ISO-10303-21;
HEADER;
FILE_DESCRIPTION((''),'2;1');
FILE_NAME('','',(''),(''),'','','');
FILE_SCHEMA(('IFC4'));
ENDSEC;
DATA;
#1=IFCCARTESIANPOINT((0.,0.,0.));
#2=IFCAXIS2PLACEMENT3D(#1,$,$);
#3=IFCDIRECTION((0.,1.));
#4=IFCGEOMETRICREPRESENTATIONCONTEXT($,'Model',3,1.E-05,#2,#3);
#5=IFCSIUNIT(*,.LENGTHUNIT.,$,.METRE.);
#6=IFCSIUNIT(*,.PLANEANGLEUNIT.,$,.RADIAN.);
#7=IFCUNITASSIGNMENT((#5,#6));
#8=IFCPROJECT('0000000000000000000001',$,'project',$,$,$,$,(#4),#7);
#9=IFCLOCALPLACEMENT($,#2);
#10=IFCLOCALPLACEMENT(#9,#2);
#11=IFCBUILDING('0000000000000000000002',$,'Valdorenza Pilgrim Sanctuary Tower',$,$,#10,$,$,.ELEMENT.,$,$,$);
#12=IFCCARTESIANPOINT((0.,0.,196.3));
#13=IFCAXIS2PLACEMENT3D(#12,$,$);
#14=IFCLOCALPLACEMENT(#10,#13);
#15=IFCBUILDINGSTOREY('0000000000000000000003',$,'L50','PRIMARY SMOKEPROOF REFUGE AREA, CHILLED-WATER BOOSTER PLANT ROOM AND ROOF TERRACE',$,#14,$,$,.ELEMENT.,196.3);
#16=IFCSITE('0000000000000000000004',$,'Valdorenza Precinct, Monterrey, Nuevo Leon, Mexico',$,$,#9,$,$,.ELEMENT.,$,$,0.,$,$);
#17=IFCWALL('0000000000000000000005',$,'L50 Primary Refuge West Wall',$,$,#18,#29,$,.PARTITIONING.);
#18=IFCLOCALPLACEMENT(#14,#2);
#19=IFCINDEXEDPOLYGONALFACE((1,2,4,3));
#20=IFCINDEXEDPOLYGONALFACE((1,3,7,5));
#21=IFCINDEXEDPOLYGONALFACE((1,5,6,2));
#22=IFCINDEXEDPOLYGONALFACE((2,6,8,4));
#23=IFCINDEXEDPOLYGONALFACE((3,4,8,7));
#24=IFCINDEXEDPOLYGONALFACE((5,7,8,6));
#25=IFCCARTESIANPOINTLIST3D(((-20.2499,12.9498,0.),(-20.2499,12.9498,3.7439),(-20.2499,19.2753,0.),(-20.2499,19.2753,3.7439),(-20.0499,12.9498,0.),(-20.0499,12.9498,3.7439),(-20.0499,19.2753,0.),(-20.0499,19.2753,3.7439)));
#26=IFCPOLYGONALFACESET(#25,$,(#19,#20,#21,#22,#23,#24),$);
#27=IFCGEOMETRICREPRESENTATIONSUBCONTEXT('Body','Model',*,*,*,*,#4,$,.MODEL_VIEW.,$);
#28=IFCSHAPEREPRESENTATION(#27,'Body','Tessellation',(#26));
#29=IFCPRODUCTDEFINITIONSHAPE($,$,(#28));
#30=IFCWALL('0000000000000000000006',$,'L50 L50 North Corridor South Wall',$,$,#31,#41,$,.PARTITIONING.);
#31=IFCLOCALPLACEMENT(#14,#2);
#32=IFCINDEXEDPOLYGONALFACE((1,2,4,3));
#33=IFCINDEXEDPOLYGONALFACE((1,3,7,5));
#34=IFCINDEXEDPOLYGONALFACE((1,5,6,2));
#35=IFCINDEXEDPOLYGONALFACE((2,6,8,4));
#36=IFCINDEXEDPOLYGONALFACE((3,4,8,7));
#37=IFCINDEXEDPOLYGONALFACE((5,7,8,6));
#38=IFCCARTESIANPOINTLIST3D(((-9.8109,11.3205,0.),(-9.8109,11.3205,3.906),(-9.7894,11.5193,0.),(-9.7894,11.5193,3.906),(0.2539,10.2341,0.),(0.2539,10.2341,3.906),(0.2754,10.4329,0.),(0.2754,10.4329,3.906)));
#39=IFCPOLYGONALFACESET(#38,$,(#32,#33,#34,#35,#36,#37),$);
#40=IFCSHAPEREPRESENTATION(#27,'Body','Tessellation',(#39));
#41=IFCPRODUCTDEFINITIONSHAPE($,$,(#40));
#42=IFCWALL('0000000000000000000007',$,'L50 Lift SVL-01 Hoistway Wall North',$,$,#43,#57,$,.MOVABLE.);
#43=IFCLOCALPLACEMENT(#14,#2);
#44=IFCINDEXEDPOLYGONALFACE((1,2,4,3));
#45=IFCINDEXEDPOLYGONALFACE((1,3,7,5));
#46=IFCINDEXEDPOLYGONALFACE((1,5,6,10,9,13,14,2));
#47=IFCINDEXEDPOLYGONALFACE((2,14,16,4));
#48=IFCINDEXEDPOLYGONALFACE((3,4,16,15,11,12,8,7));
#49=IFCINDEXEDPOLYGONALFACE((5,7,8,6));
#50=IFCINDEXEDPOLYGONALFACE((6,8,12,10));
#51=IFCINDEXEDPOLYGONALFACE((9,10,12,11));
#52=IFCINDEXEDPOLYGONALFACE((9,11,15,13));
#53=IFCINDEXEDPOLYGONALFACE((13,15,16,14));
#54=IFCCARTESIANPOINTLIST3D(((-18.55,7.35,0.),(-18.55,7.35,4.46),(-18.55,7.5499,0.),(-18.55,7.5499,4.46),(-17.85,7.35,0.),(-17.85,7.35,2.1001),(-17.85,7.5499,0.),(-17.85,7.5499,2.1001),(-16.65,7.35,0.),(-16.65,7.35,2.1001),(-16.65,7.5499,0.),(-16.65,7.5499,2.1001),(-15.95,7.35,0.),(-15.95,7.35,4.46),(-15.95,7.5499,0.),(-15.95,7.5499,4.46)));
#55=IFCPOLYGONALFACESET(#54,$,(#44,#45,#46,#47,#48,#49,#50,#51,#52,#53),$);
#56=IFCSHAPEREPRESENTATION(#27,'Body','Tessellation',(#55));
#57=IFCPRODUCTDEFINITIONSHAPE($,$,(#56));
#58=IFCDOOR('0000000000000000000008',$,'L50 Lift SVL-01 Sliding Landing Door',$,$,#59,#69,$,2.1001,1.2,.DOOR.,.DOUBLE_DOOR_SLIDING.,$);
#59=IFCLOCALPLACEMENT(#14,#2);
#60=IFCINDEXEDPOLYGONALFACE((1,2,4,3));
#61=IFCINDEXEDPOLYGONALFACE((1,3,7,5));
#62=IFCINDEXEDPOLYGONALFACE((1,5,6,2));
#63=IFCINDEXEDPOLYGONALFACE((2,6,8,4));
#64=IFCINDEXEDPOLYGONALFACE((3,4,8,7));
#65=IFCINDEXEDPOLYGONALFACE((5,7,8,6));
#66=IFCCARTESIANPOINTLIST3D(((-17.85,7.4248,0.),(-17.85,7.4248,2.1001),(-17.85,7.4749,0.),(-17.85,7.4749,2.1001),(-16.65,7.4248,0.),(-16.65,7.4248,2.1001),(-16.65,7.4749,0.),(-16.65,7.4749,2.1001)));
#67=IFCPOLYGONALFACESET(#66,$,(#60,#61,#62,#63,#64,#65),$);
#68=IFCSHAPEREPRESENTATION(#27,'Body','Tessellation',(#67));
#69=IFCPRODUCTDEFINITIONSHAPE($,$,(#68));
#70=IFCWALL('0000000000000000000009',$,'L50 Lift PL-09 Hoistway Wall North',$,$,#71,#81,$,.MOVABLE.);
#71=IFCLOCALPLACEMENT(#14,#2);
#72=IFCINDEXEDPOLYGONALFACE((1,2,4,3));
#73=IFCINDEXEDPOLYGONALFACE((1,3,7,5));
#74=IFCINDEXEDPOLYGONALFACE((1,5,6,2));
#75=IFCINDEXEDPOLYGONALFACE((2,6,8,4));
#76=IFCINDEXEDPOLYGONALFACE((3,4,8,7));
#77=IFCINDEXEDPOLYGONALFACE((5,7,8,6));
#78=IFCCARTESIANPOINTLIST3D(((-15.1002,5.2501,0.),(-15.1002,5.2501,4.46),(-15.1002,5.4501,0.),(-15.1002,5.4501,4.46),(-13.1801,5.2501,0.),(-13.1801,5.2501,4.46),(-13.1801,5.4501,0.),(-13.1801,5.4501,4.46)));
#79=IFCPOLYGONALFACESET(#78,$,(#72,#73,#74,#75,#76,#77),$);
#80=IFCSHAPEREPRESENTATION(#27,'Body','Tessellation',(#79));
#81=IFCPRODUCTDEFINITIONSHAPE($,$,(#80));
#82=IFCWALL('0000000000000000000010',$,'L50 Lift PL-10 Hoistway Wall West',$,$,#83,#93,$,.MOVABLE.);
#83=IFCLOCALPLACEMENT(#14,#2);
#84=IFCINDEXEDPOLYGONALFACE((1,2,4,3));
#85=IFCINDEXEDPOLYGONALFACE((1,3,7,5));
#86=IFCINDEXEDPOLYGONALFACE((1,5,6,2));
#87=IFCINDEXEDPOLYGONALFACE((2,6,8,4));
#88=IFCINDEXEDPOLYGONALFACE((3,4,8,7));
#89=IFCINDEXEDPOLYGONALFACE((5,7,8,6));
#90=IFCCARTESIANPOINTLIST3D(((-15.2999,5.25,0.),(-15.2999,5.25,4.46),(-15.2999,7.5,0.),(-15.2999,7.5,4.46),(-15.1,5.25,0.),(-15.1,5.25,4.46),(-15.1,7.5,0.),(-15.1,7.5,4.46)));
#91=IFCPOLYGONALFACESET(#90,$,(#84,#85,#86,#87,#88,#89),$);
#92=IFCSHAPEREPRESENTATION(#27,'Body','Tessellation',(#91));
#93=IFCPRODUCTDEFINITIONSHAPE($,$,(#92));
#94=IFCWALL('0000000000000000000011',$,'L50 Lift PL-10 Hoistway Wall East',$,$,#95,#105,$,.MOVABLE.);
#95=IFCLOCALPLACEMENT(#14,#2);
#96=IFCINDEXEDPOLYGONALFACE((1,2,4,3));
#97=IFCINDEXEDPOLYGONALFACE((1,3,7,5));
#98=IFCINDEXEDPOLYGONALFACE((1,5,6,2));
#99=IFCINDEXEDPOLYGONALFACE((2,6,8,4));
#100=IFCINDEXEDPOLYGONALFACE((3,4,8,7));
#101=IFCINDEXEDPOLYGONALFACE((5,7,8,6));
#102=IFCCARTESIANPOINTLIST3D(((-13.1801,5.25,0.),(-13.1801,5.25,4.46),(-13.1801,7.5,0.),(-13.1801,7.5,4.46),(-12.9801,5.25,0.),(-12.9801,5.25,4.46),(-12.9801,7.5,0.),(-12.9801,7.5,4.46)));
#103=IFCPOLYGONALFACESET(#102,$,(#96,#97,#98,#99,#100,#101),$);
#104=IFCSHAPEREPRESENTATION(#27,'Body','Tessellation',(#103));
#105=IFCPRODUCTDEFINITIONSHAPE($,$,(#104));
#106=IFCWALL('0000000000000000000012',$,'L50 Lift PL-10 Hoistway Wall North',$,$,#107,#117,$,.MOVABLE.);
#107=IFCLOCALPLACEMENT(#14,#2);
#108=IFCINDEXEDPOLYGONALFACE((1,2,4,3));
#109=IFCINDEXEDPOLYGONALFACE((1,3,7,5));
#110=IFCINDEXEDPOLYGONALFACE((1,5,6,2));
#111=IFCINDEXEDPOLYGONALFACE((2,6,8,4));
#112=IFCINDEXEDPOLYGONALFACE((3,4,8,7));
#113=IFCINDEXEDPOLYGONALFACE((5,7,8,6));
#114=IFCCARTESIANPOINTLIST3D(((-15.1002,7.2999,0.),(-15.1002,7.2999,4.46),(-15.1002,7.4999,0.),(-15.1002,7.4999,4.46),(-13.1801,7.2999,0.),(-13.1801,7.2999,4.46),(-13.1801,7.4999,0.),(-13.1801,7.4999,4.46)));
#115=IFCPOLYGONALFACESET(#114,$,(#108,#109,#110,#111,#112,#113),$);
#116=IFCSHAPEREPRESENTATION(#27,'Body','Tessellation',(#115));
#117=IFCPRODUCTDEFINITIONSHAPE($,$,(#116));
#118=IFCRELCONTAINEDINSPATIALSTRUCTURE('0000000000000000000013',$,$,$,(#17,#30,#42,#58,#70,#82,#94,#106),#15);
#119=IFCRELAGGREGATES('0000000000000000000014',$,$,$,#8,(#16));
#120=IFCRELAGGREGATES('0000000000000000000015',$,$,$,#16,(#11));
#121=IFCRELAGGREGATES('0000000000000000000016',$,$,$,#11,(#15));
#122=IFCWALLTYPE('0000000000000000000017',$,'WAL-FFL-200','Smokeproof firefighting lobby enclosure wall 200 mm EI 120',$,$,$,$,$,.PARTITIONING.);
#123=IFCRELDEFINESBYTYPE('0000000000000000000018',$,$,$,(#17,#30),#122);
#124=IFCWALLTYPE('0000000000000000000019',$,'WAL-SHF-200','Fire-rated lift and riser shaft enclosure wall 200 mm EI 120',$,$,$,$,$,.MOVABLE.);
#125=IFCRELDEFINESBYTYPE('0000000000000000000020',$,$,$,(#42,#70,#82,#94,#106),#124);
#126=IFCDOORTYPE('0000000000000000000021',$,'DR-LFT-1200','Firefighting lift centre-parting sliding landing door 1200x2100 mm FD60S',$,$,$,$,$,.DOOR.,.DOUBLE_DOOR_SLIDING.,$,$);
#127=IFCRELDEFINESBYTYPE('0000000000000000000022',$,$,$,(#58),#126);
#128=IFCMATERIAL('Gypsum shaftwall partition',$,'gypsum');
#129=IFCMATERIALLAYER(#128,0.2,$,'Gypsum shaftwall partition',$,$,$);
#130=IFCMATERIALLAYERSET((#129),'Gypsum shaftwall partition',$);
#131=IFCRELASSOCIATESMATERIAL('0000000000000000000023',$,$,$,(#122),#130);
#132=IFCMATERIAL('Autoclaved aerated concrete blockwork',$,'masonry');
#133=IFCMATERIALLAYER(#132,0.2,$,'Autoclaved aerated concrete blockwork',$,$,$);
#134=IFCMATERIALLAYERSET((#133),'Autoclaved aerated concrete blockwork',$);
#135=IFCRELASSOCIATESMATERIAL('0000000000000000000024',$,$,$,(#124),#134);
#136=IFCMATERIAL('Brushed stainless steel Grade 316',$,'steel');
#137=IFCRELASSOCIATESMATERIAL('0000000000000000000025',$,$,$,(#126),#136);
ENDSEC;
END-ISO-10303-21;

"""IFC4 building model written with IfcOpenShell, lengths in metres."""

from ifc_helpers import new_model, si_unit, direction, frame, frame_2d, origin, place, context, subcontext, project, spatial, rectangle, extrude, material, layer, layer_set, type_object, element, fill, save


model = new_model("IFC4")

# Units and contexts
model_context = context("Model", 3, precision=1e-05, world=origin(), true_north=direction((0.0, 1.0)))
body_context = subcontext(model_context, "Body", "Model", "MODEL_VIEW")
ifc_project = project(units=[si_unit("LENGTHUNIT", "METRE"), si_unit("PLANEANGLEUNIT", "RADIAN")], contexts=[model_context])

# Site, building, storey
site_placement = place(None, origin())
site = spatial("IfcSite", under=ifc_project, at=site_placement, Name="Valdorenza Precinct, Monterrey, Nuevo Leon, Mexico", CompositionType="ELEMENT", RefElevation=0.0)
building_placement = place(site_placement, origin())
building = spatial("IfcBuilding", under=site, at=building_placement, Name="Valdorenza Pilgrim Sanctuary Tower", CompositionType="ELEMENT")
storey_placement = place(building_placement, frame((0.0, 0.0, 196.3)))
storey = spatial("IfcBuildingStorey", under=building, at=storey_placement, Name="L50", Description="PRIMARY SMOKEPROOF REFUGE AREA, CHILLED-WATER BOOSTER PLANT ROOM AND ROOF TERRACE", CompositionType="ELEMENT", Elevation=196.3)

# Shared definitions
ifc_material_1 = material(Name="Gypsum shaftwall partition", Category="gypsum")
ifc_layer_1 = layer(ifc_material_1, 0.2, Name="Gypsum shaftwall partition")
ifc_layer_set_1 = layer_set([ifc_layer_1], Name="Gypsum shaftwall partition")
wall_type_1 = type_object("IfcWallType", Name="WAL-FFL-200", Description="Smokeproof firefighting lobby enclosure wall 200 mm EI 120", PredefinedType="PARTITIONING", material=ifc_layer_set_1)

# Walls
wall_1_placement = place(storey_placement, frame((-20.1499, 12.95, 0.0), z_axis=(0.0, 0.0, 1.0), x_axis=(0.0, 1.0, 0.0)))
element("IfcWall", 1, at=wall_1_placement, inside=storey, type_object=wall_type_1, Name="L50 Primary Refuge West Wall", PredefinedType="PARTITIONING", context=body_context, shape_type="SweptSolid", body=[
    extrude(rectangle(XDim=6.3254, YDim=0.2, at=frame_2d((3.1626, 0.0))), origin(), (0.0, 0.0, 1.0), 3.7439),
])
wall_2_placement = place(storey_placement, frame((-9.8, 11.4199, 0.0), z_axis=(0.0, 0.0, 1.0), x_axis=(0.994225, -0.107318, 0.0)))
element("IfcWall", 2, at=wall_2_placement, inside=storey, type_object=wall_type_1, Name="L50 L50 North Corridor South Wall", PredefinedType="PARTITIONING", context=body_context, shape_type="SweptSolid", body=[
    extrude(rectangle(XDim=10.1233, YDim=0.2, at=frame_2d((5.0615, 0.0))), origin(), (0.0, 0.0, 1.0), 3.906),
])

# Wall, opening, door
ifc_material_2 = material(Name="Autoclaved aerated concrete blockwork", Category="masonry")
ifc_layer_2 = layer(ifc_material_2, 0.2, Name="Autoclaved aerated concrete blockwork")
ifc_layer_set_2 = layer_set([ifc_layer_2], Name="Autoclaved aerated concrete blockwork")
wall_type_2 = type_object("IfcWallType", Name="WAL-SHF-200", Description="Fire-rated lift and riser shaft enclosure wall 200 mm EI 120", PredefinedType="MOVABLE", material=ifc_layer_set_2)
wall_3_placement = place(storey_placement, frame((-18.55, 7.45, 0.0), z_axis=(0.0, 0.0, 1.0), x_axis=(1.0, 0.0, 0.0)))
wall_3 = element("IfcWall", 3, at=wall_3_placement, inside=storey, type_object=wall_type_2, Name="L50 Lift SVL-01 Hoistway Wall North", PredefinedType="MOVABLE", context=body_context, shape_type="SweptSolid", body=[
    extrude(rectangle(XDim=2.6001, YDim=0.2, at=frame_2d((1.3, 0.0))), origin(), (0.0, 0.0, 1.0), 4.46),
])
opening_1_placement = place(wall_3_placement, frame((0.7, 0.0, 0.0)))
opening_1 = element("IfcOpeningElement", 4, at=opening_1_placement, cuts=wall_3, PredefinedType="OPENING", context=body_context, shape_type="SweptSolid", body=[
    extrude(rectangle(XDim=1.2, YDim=2.1001, at=frame_2d((0.6001, 1.05))), frame((0.0, 0.1147, 0.0), z_axis=(0.0, -1.0, 0.0), x_axis=(1.0, 0.0, 0.0)), (0.0, 0.0, 1.0), 0.2297),
])
ifc_material_3 = material(Name="Brushed stainless steel Grade 316", Category="steel")
door_type_1 = type_object("IfcDoorType", Name="DR-LFT-1200", Description="Firefighting lift centre-parting sliding landing door 1200x2100 mm FD60S", OperationType="DOUBLE_DOOR_SLIDING", PredefinedType="DOOR", material=ifc_material_3)
door_1_placement = place(opening_1_placement, origin())
door_1 = element("IfcDoor", 5, at=door_1_placement, inside=storey, type_object=door_type_1, Name="L50 Lift SVL-01 Sliding Landing Door", OperationType="DOUBLE_DOOR_SLIDING", OverallHeight=2.1001, OverallWidth=1.2, PredefinedType="DOOR", context=body_context, shape_type="SweptSolid", body=[
    extrude(rectangle(XDim=1.2, YDim=2.1001, at=frame_2d((0.6001, 1.05))), frame((0.0, 0.0249, 0.0), z_axis=(0.0, -1.0, 0.0), x_axis=(1.0, 0.0, 0.0)), (0.0, 0.0, 1.0), 0.05),
])
fill(opening_1, door_1)

# Walls
wall_4_placement = place(storey_placement, frame((-15.1001, 5.3501, 0.0), z_axis=(0.0, 0.0, 1.0), x_axis=(1.0, 0.0, 0.0)))
element("IfcWall", 6, at=wall_4_placement, inside=storey, type_object=wall_type_2, Name="L50 Lift PL-09 Hoistway Wall North", PredefinedType="MOVABLE", context=body_context, shape_type="SweptSolid", body=[
    extrude(rectangle(XDim=1.9202, YDim=0.2, at=frame_2d((0.96, 0.0))), origin(), (0.0, 0.0, 1.0), 4.46),
])
for number, where, z_axis, x_axis, name in (
    (7, (-15.2, 5.25, 0.0), (0.0, 0.0, 1.0), (0.0, 1.0, 0.0), "L50 Lift PL-10 Hoistway Wall West"),
    (8, (-13.0801, 5.25, 0.0), (0.0, 0.0, 1.0), (0.0, 1.0, 0.0), "L50 Lift PL-10 Hoistway Wall East"),
):
    element("IfcWall", number, at=place(storey_placement, frame(where, z_axis=z_axis, x_axis=x_axis)), inside=storey, type_object=wall_type_2, Name=name, PredefinedType="MOVABLE", context=body_context, shape_type="SweptSolid", body=[
        extrude(rectangle(XDim=2.25, YDim=0.2, at=frame_2d((1.125, 0.0))), origin(), (0.0, 0.0, 1.0), 4.46),
    ])
wall_5_placement = place(storey_placement, frame((-15.1001, 7.3999, 0.0), z_axis=(0.0, 0.0, 1.0), x_axis=(1.0, 0.0, 0.0)))
element("IfcWall", 9, at=wall_5_placement, inside=storey, type_object=wall_type_2, Name="L50 Lift PL-10 Hoistway Wall North", PredefinedType="MOVABLE", context=body_context, shape_type="SweptSolid", body=[
    extrude(rectangle(XDim=1.9202, YDim=0.2, at=frame_2d((0.96, 0.0))), origin(), (0.0, 0.0, 1.0), 4.46),
])

save(model, "model.ifc")
